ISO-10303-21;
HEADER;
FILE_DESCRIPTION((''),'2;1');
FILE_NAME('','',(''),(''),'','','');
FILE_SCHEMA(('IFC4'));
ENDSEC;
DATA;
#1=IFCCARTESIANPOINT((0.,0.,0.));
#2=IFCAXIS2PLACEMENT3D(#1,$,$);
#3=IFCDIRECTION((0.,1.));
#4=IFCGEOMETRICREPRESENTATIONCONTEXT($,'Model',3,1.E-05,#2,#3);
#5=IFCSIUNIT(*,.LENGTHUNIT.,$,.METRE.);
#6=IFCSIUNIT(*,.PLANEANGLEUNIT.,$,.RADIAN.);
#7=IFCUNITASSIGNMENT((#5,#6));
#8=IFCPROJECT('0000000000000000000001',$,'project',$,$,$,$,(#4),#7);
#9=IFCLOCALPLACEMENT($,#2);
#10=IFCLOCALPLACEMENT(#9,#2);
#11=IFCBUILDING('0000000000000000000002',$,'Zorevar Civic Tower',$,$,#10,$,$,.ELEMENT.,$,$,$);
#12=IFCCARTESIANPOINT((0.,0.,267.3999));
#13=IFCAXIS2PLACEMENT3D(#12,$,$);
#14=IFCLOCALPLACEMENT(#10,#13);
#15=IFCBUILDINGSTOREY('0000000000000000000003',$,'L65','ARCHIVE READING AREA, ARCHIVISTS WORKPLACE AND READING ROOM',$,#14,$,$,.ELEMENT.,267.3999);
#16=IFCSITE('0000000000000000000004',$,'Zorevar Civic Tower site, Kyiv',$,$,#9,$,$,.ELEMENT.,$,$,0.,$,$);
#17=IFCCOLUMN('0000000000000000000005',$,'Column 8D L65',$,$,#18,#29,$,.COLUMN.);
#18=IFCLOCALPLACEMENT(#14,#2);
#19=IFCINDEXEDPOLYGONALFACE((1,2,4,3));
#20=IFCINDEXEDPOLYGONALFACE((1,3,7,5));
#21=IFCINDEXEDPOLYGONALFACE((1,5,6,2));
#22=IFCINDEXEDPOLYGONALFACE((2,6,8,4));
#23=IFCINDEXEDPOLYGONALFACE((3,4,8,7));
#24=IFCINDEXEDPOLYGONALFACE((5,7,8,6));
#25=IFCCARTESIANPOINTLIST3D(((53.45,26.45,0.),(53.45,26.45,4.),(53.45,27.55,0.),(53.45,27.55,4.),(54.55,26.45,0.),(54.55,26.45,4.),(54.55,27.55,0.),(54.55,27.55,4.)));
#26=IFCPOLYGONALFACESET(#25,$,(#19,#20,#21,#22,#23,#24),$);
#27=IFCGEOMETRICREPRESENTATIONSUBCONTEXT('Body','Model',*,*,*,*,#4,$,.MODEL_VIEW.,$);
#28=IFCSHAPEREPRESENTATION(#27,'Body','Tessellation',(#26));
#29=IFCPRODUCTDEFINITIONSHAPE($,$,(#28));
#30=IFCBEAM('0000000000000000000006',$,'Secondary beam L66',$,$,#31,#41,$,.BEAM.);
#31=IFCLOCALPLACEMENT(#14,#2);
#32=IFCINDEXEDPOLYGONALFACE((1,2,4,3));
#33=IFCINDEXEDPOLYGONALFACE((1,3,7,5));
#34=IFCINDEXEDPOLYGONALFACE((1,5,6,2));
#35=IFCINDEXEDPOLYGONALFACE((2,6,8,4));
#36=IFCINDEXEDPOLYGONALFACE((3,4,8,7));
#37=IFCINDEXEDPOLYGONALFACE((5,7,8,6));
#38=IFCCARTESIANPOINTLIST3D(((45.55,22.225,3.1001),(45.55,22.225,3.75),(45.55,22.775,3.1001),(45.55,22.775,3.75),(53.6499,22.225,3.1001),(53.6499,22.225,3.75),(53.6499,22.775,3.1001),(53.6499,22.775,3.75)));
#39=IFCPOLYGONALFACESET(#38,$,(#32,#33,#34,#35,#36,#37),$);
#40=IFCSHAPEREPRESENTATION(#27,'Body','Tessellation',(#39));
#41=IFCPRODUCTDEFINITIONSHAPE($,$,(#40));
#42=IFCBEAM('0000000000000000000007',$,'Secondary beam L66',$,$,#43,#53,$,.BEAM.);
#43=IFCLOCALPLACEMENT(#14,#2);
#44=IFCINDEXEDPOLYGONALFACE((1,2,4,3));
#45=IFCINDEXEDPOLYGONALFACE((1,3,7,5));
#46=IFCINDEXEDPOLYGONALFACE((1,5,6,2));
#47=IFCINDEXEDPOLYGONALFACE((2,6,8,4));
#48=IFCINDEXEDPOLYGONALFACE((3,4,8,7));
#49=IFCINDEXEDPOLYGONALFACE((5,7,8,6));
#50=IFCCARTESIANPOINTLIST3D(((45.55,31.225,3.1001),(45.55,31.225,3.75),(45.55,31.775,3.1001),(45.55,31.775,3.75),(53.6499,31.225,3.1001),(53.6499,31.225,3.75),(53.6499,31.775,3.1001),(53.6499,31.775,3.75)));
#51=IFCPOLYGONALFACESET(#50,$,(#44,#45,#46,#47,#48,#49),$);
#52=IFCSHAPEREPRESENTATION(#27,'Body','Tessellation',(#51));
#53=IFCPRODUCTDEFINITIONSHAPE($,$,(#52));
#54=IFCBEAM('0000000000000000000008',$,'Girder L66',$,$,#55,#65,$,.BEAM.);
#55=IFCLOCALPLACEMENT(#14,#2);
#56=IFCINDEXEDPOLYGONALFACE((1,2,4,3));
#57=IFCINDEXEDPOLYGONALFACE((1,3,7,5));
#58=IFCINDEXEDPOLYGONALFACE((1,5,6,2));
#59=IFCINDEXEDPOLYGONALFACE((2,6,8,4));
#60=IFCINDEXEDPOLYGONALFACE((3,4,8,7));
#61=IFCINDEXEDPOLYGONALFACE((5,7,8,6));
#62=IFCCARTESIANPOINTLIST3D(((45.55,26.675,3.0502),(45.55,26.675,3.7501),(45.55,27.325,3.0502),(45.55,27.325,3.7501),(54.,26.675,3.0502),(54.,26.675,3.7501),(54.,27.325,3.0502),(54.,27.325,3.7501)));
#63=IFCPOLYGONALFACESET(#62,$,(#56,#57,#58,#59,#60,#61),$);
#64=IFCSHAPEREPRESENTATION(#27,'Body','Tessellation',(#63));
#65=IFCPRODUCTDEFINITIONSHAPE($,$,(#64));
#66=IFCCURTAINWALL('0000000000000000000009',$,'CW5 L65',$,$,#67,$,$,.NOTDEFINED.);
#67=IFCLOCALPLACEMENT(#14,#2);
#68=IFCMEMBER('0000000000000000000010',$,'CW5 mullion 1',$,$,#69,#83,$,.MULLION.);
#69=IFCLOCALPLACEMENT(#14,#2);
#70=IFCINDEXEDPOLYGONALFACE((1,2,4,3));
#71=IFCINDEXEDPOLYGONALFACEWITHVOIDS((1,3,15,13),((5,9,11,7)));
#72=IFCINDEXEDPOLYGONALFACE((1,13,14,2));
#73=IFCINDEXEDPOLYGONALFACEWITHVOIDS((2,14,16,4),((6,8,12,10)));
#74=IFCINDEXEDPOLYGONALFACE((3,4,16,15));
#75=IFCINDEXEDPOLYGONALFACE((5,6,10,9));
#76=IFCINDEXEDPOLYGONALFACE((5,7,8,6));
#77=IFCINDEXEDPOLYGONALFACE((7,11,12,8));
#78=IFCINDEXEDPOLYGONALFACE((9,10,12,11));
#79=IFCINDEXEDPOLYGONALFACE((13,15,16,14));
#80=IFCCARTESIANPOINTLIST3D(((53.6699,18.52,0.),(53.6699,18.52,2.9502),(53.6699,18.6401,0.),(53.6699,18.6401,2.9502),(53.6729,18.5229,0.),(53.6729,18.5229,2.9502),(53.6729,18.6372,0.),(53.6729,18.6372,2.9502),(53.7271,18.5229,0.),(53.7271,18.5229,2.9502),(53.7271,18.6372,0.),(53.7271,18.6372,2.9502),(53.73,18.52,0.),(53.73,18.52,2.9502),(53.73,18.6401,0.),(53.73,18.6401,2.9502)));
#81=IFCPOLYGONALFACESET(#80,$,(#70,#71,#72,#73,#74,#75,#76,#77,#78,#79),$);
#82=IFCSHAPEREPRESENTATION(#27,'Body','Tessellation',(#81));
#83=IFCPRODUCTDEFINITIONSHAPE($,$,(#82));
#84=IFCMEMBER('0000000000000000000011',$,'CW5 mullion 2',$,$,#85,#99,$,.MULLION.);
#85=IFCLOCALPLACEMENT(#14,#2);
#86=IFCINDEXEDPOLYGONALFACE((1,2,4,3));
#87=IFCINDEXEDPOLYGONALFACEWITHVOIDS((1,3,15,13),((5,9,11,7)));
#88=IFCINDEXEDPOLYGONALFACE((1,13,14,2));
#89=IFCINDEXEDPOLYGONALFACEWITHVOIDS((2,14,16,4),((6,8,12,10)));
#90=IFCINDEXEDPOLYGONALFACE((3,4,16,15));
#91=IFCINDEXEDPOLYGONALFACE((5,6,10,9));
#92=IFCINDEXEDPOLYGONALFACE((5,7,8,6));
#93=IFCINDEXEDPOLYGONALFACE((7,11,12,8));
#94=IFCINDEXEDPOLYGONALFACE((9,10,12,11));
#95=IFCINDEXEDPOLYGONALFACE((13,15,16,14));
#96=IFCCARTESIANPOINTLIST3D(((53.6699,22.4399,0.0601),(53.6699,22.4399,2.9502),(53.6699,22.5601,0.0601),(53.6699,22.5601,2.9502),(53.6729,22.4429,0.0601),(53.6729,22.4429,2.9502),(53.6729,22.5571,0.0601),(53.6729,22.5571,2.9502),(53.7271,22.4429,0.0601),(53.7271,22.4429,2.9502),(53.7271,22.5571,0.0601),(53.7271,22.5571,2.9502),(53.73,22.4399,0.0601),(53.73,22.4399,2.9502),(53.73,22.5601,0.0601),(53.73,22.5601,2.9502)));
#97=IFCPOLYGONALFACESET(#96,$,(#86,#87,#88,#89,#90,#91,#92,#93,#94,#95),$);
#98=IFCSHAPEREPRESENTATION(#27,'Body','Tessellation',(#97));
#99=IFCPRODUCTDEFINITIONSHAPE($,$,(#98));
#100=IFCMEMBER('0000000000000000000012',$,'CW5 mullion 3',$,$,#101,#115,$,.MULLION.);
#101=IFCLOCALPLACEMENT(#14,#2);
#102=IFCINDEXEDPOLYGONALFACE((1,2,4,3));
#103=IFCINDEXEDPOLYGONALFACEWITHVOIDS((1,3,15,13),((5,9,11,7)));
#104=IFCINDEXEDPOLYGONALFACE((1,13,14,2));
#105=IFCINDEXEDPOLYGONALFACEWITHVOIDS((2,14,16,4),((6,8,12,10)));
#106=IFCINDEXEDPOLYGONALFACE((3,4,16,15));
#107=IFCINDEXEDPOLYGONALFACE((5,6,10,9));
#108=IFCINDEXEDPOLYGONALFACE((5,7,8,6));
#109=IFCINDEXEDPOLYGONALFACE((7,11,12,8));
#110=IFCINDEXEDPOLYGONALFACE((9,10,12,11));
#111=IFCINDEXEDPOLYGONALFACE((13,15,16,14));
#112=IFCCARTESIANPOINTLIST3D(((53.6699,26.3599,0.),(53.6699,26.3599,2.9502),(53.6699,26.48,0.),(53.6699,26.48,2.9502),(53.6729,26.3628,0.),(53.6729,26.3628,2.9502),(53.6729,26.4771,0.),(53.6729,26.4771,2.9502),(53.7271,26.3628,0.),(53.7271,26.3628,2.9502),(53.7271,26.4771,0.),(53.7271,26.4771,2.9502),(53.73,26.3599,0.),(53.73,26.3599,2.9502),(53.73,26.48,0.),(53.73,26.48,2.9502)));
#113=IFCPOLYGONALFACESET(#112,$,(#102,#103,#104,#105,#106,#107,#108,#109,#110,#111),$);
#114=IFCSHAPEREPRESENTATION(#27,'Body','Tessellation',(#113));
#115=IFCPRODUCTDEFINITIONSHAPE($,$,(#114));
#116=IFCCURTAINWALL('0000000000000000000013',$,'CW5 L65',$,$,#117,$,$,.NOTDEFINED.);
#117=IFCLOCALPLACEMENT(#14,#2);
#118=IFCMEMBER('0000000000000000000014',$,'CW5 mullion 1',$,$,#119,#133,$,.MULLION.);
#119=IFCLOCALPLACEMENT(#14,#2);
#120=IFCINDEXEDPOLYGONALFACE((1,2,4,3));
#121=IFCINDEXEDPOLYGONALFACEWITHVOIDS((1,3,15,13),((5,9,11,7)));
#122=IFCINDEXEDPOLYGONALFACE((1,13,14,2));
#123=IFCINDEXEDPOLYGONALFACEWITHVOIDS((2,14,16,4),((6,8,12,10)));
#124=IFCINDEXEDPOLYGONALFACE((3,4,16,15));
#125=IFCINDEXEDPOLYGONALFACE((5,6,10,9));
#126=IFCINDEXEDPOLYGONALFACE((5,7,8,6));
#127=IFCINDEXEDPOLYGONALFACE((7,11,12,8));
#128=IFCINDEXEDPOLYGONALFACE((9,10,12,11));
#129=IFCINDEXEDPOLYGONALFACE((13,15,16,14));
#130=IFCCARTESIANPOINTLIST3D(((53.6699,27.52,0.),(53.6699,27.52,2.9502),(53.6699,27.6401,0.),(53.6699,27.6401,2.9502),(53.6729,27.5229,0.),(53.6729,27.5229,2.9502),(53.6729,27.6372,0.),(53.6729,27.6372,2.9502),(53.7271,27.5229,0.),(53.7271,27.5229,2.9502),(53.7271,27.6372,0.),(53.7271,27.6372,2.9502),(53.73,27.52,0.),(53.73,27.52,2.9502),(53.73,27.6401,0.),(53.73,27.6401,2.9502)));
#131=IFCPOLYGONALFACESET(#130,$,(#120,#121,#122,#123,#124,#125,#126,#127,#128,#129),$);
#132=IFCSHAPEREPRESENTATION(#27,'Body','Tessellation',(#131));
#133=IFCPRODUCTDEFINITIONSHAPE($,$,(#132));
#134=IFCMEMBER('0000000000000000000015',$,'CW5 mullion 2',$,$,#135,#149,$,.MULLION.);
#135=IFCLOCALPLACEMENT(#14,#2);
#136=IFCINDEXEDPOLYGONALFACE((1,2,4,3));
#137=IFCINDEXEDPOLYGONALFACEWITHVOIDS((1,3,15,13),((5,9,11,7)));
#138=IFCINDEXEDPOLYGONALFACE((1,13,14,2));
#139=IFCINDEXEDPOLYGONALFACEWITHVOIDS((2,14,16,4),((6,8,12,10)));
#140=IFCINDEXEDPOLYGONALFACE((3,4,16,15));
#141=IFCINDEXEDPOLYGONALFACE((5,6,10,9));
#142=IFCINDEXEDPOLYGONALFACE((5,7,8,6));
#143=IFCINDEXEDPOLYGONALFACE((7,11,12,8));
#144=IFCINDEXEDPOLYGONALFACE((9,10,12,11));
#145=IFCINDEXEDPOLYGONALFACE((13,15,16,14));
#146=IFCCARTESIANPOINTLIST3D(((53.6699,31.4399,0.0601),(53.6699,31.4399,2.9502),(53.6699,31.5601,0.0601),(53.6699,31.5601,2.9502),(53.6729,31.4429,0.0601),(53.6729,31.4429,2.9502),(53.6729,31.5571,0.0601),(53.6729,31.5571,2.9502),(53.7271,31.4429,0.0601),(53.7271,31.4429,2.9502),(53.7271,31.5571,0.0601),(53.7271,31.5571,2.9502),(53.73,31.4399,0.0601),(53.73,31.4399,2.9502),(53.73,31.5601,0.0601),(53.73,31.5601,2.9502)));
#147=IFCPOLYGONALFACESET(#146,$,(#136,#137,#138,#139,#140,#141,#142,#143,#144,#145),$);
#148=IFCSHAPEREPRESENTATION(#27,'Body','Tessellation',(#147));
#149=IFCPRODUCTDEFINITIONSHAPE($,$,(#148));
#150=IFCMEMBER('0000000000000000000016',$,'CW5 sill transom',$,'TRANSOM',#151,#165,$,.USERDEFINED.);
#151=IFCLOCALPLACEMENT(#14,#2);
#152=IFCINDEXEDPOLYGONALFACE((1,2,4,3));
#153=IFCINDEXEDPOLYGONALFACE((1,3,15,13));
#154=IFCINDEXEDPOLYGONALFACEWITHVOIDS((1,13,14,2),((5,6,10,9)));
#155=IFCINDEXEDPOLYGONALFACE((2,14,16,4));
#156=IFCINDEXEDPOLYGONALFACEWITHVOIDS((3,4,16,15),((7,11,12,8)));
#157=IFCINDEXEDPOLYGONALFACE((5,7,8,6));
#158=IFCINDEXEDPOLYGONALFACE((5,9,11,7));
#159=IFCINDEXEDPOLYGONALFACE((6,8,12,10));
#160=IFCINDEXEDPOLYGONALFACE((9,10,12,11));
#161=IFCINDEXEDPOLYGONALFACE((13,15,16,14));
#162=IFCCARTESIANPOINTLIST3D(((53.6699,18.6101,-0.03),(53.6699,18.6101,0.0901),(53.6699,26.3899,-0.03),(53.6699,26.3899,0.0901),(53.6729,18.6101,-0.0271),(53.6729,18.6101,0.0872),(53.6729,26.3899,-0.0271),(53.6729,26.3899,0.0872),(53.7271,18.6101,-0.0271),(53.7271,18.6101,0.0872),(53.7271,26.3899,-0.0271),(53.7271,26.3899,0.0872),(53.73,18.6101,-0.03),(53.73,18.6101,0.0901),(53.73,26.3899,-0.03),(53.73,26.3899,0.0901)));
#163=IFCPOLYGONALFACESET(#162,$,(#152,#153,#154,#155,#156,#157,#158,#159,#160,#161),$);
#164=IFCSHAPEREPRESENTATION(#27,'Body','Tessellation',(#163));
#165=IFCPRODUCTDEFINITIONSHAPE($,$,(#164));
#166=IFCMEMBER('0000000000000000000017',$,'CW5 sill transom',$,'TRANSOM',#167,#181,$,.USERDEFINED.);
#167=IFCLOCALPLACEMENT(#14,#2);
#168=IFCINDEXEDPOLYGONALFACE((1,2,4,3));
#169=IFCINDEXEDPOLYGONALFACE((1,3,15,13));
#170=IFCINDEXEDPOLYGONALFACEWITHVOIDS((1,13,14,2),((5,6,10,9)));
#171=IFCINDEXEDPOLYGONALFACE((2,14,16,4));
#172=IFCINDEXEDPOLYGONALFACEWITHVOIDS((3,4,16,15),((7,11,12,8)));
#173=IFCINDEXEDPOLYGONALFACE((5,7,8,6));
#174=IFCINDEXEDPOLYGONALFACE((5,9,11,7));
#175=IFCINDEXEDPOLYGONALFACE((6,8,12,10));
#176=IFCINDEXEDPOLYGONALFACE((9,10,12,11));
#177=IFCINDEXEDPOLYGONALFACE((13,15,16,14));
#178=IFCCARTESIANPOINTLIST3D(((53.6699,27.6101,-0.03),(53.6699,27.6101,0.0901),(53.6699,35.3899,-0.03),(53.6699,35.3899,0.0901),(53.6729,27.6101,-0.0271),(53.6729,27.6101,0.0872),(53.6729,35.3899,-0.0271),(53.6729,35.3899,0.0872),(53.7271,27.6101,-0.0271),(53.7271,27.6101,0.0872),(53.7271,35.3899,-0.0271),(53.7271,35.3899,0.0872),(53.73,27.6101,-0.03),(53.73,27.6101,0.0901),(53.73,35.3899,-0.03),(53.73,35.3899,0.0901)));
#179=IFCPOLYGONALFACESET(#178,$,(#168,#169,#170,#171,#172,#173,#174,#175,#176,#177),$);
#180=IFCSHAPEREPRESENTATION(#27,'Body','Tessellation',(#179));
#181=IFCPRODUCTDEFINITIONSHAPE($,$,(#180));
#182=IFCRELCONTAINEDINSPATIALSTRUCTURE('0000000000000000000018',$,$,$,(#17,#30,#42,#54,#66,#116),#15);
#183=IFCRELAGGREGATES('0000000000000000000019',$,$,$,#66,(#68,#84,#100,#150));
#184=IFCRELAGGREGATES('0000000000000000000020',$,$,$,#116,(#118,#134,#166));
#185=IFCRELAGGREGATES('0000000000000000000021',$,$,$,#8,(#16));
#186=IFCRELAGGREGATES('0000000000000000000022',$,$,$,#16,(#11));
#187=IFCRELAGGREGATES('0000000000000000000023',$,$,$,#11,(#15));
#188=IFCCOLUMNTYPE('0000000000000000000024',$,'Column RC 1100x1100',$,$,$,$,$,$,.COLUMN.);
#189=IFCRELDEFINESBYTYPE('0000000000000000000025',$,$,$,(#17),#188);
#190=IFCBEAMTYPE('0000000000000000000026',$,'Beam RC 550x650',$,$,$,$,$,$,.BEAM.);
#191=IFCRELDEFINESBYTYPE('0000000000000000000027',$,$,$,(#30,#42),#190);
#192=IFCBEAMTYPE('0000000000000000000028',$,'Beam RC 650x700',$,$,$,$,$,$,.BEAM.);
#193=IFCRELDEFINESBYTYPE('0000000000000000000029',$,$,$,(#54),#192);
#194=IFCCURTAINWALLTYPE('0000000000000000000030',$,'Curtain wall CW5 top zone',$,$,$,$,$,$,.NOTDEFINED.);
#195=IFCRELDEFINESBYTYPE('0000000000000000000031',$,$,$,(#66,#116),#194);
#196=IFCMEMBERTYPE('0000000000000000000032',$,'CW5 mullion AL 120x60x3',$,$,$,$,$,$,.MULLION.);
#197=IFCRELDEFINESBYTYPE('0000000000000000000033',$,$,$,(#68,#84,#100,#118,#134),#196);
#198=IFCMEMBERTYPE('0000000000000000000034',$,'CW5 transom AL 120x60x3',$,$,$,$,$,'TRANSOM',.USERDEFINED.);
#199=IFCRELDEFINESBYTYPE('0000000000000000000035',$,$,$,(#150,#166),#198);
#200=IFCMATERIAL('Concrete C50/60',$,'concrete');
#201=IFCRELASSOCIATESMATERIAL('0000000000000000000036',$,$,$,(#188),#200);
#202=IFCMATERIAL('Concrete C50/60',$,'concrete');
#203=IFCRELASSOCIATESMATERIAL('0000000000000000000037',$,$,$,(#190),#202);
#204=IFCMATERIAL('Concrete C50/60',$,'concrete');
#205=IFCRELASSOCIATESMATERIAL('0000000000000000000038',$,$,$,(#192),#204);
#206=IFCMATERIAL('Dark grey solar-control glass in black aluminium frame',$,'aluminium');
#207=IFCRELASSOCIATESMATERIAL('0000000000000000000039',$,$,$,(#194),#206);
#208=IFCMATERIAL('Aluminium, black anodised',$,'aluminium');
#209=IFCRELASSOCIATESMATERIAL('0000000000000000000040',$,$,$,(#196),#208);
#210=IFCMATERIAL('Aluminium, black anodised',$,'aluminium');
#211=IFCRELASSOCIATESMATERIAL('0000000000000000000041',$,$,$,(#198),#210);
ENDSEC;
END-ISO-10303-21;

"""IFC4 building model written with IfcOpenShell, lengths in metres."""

from ifc_helpers import new_model, si_unit, direction, frame, origin, origin_2d, place, context, subcontext, project, spatial, rectangle, hollow_rectangle, extrude, material, material_profile, profile_set, type_object, element, aggregate, save


model = new_model("IFC4")

# Units and contexts
model_context = context("Model", 3, precision=1e-05, world=origin(), true_north=direction((0.0, 1.0)))
body_context = subcontext(model_context, "Body", "Model", "MODEL_VIEW")
ifc_project = project(units=[si_unit("LENGTHUNIT", "METRE"), si_unit("PLANEANGLEUNIT", "RADIAN")], contexts=[model_context])

# Site, building, storey
site_placement = place(None, origin())
site = spatial("IfcSite", under=ifc_project, at=site_placement, Name="Zorevar Civic Tower site, Kyiv", CompositionType="ELEMENT", RefElevation=0.0)
building_placement = place(site_placement, origin())
building = spatial("IfcBuilding", under=site, at=building_placement, Name="Zorevar Civic Tower", CompositionType="ELEMENT")
storey_placement = place(building_placement, frame((0.0, 0.0, 267.3999)))
storey = spatial("IfcBuildingStorey", under=building, at=storey_placement, Name="L65", Description="ARCHIVE READING AREA, ARCHIVISTS WORKPLACE AND READING ROOM", CompositionType="ELEMENT", Elevation=267.3999)

# Column
ifc_material_1 = material(Name="Concrete C50/60", Category="concrete")
ifc_material_profile_1 = material_profile(ifc_material_1, rectangle(XDim=1.1001, YDim=1.1001, at=origin_2d()), Name="RC 1100x1100")
ifc_profile_set_1 = profile_set([ifc_material_profile_1], Name="Concrete C50/60")
column_type = type_object("IfcColumnType", Name="Column RC 1100x1100", PredefinedType="COLUMN", material=ifc_profile_set_1)
column_placement = place(storey_placement, frame((54.0, 27.0, 0.0), z_axis=(0.0, 0.0, 1.0), x_axis=(1.0, 0.0, 0.0)))
element("IfcColumn", 1, at=column_placement, inside=storey, type_object=column_type, Name="Column 8D L65", PredefinedType="COLUMN", context=body_context, shape_type="SweptSolid", body=[
    extrude(rectangle(XDim=1.1001, YDim=1.1001, at=origin_2d()), origin(), (0.0, 0.0, 1.0), 4.0),
])

# Beams
ifc_material_2 = material(Name="Concrete C50/60", Category="concrete")
ifc_material_profile_2 = material_profile(ifc_material_2, rectangle(XDim=0.55, YDim=0.6499, at=origin_2d()), Name="RC 550x650")
ifc_profile_set_2 = profile_set([ifc_material_profile_2], Name="Concrete C50/60")
beam_type_1 = type_object("IfcBeamType", Name="Beam RC 550x650", PredefinedType="BEAM", material=ifc_profile_set_2)
for number, where, z_axis, x_axis, name in (
    (2, (45.55, 22.5, 3.425), (1.0, 0.0, 0.0), (0.0, 1.0, 0.0), "Secondary beam L66"),
    (3, (45.55, 31.5, 3.425), (1.0, 0.0, 0.0), (0.0, 1.0, 0.0), "Secondary beam L66"),
):
    element("IfcBeam", number, at=place(storey_placement, frame(where, z_axis=z_axis, x_axis=x_axis)), inside=storey, type_object=beam_type_1, Name=name, PredefinedType="BEAM", context=body_context, shape_type="SweptSolid", body=[
        extrude(rectangle(XDim=0.55, YDim=0.6499, at=origin_2d()), origin(), (0.0, 0.0, 1.0), 8.0999),
    ])
ifc_material_3 = material(Name="Concrete C50/60", Category="concrete")
ifc_material_profile_3 = material_profile(ifc_material_3, rectangle(XDim=0.6499, YDim=0.7, at=origin_2d()), Name="RC 650x700")
ifc_profile_set_3 = profile_set([ifc_material_profile_3], Name="Concrete C50/60")
beam_type_2 = type_object("IfcBeamType", Name="Beam RC 650x700", PredefinedType="BEAM", material=ifc_profile_set_3)
beam_1_placement = place(storey_placement, frame((45.55, 27.0, 3.4001), z_axis=(1.0, 0.0, 0.0), x_axis=(0.0, 1.0, 0.0)))
element("IfcBeam", 4, at=beam_1_placement, inside=storey, type_object=beam_type_2, Name="Girder L66", PredefinedType="BEAM", context=body_context, shape_type="SweptSolid", body=[
    extrude(rectangle(XDim=0.6499, YDim=0.7, at=origin_2d()), origin(), (0.0, 0.0, 1.0), 8.45),
])

# Curtain walls, members
ifc_material_4 = material(Name="Dark grey solar-control glass in black aluminium frame", Category="aluminium")
curtain_wall_type = type_object("IfcCurtainWallType", Name="Curtain wall CW5 top zone", PredefinedType="NOTDEFINED", material=ifc_material_4)
curtain_wall_1_placement = place(storey_placement, origin())
curtain_wall_1 = element("IfcCurtainWall", 5, at=curtain_wall_1_placement, inside=storey, type_object=curtain_wall_type, Name="CW5 L65", PredefinedType="NOTDEFINED")
ifc_material_5 = material(Name="Aluminium, black anodised", Category="aluminium")
ifc_material_profile_4 = material_profile(ifc_material_5, hollow_rectangle(XDim=0.0601, YDim=0.1201, WallThickness=0.0029, at=origin_2d()), Name="AL 120x60x3")
ifc_profile_set_4 = profile_set([ifc_material_profile_4], Name="Aluminium, black anodised")
member_type_1 = type_object("IfcMemberType", Name="CW5 mullion AL 120x60x3", PredefinedType="MULLION", material=ifc_profile_set_4)
member_1_placement = place(storey_placement, frame((53.7, 18.5801, 0.0), z_axis=(0.0, 0.0, 1.0), x_axis=(-1.0, 0.0, 0.0)))
member_1 = element("IfcMember", 6, at=member_1_placement, type_object=member_type_1, Name="CW5 mullion 1", PredefinedType="MULLION", context=body_context, shape_type="SweptSolid", body=[
    extrude(hollow_rectangle(XDim=0.0601, YDim=0.1201, WallThickness=0.0029, at=origin_2d()), origin(), (0.0, 0.0, 1.0), 2.9502),
])
member_2_placement = place(storey_placement, frame((53.7, 22.5, 0.0601), z_axis=(0.0, 0.0, 1.0), x_axis=(-1.0, 0.0, 0.0)))
member_2 = element("IfcMember", 7, at=member_2_placement, type_object=member_type_1, Name="CW5 mullion 2", PredefinedType="MULLION", context=body_context, shape_type="SweptSolid", body=[
    extrude(hollow_rectangle(XDim=0.0601, YDim=0.1201, WallThickness=0.0029, at=origin_2d()), origin(), (0.0, 0.0, 1.0), 2.8901),
])
member_3_placement = place(storey_placement, frame((53.7, 26.4199, 0.0), z_axis=(0.0, 0.0, 1.0), x_axis=(-1.0, 0.0, 0.0)))
member_3 = element("IfcMember", 8, at=member_3_placement, type_object=member_type_1, Name="CW5 mullion 3", PredefinedType="MULLION", context=body_context, shape_type="SweptSolid", body=[
    extrude(hollow_rectangle(XDim=0.0601, YDim=0.1201, WallThickness=0.0029, at=origin_2d()), origin(), (0.0, 0.0, 1.0), 2.9502),
])
curtain_wall_2_placement = place(storey_placement, origin())
curtain_wall_2 = element("IfcCurtainWall", 9, at=curtain_wall_2_placement, inside=storey, type_object=curtain_wall_type, Name="CW5 L65", PredefinedType="NOTDEFINED")
member_4_placement = place(storey_placement, frame((53.7, 27.5801, 0.0), z_axis=(0.0, 0.0, 1.0), x_axis=(-1.0, 0.0, 0.0)))
member_4 = element("IfcMember", 10, at=member_4_placement, type_object=member_type_1, Name="CW5 mullion 1", PredefinedType="MULLION", context=body_context, shape_type="SweptSolid", body=[
    extrude(hollow_rectangle(XDim=0.0601, YDim=0.1201, WallThickness=0.0029, at=origin_2d()), origin(), (0.0, 0.0, 1.0), 2.9502),
])
member_5_placement = place(storey_placement, frame((53.7, 31.5, 0.0601), z_axis=(0.0, 0.0, 1.0), x_axis=(-1.0, 0.0, 0.0)))
member_5 = element("IfcMember", 11, at=member_5_placement, type_object=member_type_1, Name="CW5 mullion 2", PredefinedType="MULLION", context=body_context, shape_type="SweptSolid", body=[
    extrude(hollow_rectangle(XDim=0.0601, YDim=0.1201, WallThickness=0.0029, at=origin_2d()), origin(), (0.0, 0.0, 1.0), 2.8901),
])

# Members
ifc_material_6 = material(Name="Aluminium, black anodised", Category="aluminium")
ifc_material_profile_5 = material_profile(ifc_material_6, hollow_rectangle(XDim=0.0601, YDim=0.1201, WallThickness=0.0029, at=origin_2d()), Name="AL 120x60x3")
ifc_profile_set_5 = profile_set([ifc_material_profile_5], Name="Aluminium, black anodised")
member_type_2 = type_object("IfcMemberType", Name="CW5 transom AL 120x60x3", ElementType="TRANSOM", PredefinedType="USERDEFINED", material=ifc_profile_set_5)
member_6_placement = place(storey_placement, frame((53.7, 18.6101, 0.03), z_axis=(0.0, 1.0, 0.0), x_axis=(-1.0, 0.0, 0.0)))
member_6 = element("IfcMember", 12, at=member_6_placement, type_object=member_type_2, Name="CW5 sill transom", ObjectType="TRANSOM", PredefinedType="USERDEFINED", context=body_context, shape_type="SweptSolid", body=[
    extrude(hollow_rectangle(XDim=0.0601, YDim=0.1201, WallThickness=0.0029, at=origin_2d()), origin(), (0.0, 0.0, 1.0), 7.7798),
])
member_7_placement = place(storey_placement, frame((53.7, 27.6101, 0.03), z_axis=(0.0, 1.0, 0.0), x_axis=(-1.0, 0.0, 0.0)))
member_7 = element("IfcMember", 13, at=member_7_placement, type_object=member_type_2, Name="CW5 sill transom", ObjectType="TRANSOM", PredefinedType="USERDEFINED", context=body_context, shape_type="SweptSolid", body=[
    extrude(hollow_rectangle(XDim=0.0601, YDim=0.1201, WallThickness=0.0029, at=origin_2d()), origin(), (0.0, 0.0, 1.0), 7.7798),
])

aggregate(curtain_wall_1, [member_1, member_2, member_3, member_6])
aggregate(curtain_wall_2, [member_4, member_5, member_7])

save(model, "model.ifc")
